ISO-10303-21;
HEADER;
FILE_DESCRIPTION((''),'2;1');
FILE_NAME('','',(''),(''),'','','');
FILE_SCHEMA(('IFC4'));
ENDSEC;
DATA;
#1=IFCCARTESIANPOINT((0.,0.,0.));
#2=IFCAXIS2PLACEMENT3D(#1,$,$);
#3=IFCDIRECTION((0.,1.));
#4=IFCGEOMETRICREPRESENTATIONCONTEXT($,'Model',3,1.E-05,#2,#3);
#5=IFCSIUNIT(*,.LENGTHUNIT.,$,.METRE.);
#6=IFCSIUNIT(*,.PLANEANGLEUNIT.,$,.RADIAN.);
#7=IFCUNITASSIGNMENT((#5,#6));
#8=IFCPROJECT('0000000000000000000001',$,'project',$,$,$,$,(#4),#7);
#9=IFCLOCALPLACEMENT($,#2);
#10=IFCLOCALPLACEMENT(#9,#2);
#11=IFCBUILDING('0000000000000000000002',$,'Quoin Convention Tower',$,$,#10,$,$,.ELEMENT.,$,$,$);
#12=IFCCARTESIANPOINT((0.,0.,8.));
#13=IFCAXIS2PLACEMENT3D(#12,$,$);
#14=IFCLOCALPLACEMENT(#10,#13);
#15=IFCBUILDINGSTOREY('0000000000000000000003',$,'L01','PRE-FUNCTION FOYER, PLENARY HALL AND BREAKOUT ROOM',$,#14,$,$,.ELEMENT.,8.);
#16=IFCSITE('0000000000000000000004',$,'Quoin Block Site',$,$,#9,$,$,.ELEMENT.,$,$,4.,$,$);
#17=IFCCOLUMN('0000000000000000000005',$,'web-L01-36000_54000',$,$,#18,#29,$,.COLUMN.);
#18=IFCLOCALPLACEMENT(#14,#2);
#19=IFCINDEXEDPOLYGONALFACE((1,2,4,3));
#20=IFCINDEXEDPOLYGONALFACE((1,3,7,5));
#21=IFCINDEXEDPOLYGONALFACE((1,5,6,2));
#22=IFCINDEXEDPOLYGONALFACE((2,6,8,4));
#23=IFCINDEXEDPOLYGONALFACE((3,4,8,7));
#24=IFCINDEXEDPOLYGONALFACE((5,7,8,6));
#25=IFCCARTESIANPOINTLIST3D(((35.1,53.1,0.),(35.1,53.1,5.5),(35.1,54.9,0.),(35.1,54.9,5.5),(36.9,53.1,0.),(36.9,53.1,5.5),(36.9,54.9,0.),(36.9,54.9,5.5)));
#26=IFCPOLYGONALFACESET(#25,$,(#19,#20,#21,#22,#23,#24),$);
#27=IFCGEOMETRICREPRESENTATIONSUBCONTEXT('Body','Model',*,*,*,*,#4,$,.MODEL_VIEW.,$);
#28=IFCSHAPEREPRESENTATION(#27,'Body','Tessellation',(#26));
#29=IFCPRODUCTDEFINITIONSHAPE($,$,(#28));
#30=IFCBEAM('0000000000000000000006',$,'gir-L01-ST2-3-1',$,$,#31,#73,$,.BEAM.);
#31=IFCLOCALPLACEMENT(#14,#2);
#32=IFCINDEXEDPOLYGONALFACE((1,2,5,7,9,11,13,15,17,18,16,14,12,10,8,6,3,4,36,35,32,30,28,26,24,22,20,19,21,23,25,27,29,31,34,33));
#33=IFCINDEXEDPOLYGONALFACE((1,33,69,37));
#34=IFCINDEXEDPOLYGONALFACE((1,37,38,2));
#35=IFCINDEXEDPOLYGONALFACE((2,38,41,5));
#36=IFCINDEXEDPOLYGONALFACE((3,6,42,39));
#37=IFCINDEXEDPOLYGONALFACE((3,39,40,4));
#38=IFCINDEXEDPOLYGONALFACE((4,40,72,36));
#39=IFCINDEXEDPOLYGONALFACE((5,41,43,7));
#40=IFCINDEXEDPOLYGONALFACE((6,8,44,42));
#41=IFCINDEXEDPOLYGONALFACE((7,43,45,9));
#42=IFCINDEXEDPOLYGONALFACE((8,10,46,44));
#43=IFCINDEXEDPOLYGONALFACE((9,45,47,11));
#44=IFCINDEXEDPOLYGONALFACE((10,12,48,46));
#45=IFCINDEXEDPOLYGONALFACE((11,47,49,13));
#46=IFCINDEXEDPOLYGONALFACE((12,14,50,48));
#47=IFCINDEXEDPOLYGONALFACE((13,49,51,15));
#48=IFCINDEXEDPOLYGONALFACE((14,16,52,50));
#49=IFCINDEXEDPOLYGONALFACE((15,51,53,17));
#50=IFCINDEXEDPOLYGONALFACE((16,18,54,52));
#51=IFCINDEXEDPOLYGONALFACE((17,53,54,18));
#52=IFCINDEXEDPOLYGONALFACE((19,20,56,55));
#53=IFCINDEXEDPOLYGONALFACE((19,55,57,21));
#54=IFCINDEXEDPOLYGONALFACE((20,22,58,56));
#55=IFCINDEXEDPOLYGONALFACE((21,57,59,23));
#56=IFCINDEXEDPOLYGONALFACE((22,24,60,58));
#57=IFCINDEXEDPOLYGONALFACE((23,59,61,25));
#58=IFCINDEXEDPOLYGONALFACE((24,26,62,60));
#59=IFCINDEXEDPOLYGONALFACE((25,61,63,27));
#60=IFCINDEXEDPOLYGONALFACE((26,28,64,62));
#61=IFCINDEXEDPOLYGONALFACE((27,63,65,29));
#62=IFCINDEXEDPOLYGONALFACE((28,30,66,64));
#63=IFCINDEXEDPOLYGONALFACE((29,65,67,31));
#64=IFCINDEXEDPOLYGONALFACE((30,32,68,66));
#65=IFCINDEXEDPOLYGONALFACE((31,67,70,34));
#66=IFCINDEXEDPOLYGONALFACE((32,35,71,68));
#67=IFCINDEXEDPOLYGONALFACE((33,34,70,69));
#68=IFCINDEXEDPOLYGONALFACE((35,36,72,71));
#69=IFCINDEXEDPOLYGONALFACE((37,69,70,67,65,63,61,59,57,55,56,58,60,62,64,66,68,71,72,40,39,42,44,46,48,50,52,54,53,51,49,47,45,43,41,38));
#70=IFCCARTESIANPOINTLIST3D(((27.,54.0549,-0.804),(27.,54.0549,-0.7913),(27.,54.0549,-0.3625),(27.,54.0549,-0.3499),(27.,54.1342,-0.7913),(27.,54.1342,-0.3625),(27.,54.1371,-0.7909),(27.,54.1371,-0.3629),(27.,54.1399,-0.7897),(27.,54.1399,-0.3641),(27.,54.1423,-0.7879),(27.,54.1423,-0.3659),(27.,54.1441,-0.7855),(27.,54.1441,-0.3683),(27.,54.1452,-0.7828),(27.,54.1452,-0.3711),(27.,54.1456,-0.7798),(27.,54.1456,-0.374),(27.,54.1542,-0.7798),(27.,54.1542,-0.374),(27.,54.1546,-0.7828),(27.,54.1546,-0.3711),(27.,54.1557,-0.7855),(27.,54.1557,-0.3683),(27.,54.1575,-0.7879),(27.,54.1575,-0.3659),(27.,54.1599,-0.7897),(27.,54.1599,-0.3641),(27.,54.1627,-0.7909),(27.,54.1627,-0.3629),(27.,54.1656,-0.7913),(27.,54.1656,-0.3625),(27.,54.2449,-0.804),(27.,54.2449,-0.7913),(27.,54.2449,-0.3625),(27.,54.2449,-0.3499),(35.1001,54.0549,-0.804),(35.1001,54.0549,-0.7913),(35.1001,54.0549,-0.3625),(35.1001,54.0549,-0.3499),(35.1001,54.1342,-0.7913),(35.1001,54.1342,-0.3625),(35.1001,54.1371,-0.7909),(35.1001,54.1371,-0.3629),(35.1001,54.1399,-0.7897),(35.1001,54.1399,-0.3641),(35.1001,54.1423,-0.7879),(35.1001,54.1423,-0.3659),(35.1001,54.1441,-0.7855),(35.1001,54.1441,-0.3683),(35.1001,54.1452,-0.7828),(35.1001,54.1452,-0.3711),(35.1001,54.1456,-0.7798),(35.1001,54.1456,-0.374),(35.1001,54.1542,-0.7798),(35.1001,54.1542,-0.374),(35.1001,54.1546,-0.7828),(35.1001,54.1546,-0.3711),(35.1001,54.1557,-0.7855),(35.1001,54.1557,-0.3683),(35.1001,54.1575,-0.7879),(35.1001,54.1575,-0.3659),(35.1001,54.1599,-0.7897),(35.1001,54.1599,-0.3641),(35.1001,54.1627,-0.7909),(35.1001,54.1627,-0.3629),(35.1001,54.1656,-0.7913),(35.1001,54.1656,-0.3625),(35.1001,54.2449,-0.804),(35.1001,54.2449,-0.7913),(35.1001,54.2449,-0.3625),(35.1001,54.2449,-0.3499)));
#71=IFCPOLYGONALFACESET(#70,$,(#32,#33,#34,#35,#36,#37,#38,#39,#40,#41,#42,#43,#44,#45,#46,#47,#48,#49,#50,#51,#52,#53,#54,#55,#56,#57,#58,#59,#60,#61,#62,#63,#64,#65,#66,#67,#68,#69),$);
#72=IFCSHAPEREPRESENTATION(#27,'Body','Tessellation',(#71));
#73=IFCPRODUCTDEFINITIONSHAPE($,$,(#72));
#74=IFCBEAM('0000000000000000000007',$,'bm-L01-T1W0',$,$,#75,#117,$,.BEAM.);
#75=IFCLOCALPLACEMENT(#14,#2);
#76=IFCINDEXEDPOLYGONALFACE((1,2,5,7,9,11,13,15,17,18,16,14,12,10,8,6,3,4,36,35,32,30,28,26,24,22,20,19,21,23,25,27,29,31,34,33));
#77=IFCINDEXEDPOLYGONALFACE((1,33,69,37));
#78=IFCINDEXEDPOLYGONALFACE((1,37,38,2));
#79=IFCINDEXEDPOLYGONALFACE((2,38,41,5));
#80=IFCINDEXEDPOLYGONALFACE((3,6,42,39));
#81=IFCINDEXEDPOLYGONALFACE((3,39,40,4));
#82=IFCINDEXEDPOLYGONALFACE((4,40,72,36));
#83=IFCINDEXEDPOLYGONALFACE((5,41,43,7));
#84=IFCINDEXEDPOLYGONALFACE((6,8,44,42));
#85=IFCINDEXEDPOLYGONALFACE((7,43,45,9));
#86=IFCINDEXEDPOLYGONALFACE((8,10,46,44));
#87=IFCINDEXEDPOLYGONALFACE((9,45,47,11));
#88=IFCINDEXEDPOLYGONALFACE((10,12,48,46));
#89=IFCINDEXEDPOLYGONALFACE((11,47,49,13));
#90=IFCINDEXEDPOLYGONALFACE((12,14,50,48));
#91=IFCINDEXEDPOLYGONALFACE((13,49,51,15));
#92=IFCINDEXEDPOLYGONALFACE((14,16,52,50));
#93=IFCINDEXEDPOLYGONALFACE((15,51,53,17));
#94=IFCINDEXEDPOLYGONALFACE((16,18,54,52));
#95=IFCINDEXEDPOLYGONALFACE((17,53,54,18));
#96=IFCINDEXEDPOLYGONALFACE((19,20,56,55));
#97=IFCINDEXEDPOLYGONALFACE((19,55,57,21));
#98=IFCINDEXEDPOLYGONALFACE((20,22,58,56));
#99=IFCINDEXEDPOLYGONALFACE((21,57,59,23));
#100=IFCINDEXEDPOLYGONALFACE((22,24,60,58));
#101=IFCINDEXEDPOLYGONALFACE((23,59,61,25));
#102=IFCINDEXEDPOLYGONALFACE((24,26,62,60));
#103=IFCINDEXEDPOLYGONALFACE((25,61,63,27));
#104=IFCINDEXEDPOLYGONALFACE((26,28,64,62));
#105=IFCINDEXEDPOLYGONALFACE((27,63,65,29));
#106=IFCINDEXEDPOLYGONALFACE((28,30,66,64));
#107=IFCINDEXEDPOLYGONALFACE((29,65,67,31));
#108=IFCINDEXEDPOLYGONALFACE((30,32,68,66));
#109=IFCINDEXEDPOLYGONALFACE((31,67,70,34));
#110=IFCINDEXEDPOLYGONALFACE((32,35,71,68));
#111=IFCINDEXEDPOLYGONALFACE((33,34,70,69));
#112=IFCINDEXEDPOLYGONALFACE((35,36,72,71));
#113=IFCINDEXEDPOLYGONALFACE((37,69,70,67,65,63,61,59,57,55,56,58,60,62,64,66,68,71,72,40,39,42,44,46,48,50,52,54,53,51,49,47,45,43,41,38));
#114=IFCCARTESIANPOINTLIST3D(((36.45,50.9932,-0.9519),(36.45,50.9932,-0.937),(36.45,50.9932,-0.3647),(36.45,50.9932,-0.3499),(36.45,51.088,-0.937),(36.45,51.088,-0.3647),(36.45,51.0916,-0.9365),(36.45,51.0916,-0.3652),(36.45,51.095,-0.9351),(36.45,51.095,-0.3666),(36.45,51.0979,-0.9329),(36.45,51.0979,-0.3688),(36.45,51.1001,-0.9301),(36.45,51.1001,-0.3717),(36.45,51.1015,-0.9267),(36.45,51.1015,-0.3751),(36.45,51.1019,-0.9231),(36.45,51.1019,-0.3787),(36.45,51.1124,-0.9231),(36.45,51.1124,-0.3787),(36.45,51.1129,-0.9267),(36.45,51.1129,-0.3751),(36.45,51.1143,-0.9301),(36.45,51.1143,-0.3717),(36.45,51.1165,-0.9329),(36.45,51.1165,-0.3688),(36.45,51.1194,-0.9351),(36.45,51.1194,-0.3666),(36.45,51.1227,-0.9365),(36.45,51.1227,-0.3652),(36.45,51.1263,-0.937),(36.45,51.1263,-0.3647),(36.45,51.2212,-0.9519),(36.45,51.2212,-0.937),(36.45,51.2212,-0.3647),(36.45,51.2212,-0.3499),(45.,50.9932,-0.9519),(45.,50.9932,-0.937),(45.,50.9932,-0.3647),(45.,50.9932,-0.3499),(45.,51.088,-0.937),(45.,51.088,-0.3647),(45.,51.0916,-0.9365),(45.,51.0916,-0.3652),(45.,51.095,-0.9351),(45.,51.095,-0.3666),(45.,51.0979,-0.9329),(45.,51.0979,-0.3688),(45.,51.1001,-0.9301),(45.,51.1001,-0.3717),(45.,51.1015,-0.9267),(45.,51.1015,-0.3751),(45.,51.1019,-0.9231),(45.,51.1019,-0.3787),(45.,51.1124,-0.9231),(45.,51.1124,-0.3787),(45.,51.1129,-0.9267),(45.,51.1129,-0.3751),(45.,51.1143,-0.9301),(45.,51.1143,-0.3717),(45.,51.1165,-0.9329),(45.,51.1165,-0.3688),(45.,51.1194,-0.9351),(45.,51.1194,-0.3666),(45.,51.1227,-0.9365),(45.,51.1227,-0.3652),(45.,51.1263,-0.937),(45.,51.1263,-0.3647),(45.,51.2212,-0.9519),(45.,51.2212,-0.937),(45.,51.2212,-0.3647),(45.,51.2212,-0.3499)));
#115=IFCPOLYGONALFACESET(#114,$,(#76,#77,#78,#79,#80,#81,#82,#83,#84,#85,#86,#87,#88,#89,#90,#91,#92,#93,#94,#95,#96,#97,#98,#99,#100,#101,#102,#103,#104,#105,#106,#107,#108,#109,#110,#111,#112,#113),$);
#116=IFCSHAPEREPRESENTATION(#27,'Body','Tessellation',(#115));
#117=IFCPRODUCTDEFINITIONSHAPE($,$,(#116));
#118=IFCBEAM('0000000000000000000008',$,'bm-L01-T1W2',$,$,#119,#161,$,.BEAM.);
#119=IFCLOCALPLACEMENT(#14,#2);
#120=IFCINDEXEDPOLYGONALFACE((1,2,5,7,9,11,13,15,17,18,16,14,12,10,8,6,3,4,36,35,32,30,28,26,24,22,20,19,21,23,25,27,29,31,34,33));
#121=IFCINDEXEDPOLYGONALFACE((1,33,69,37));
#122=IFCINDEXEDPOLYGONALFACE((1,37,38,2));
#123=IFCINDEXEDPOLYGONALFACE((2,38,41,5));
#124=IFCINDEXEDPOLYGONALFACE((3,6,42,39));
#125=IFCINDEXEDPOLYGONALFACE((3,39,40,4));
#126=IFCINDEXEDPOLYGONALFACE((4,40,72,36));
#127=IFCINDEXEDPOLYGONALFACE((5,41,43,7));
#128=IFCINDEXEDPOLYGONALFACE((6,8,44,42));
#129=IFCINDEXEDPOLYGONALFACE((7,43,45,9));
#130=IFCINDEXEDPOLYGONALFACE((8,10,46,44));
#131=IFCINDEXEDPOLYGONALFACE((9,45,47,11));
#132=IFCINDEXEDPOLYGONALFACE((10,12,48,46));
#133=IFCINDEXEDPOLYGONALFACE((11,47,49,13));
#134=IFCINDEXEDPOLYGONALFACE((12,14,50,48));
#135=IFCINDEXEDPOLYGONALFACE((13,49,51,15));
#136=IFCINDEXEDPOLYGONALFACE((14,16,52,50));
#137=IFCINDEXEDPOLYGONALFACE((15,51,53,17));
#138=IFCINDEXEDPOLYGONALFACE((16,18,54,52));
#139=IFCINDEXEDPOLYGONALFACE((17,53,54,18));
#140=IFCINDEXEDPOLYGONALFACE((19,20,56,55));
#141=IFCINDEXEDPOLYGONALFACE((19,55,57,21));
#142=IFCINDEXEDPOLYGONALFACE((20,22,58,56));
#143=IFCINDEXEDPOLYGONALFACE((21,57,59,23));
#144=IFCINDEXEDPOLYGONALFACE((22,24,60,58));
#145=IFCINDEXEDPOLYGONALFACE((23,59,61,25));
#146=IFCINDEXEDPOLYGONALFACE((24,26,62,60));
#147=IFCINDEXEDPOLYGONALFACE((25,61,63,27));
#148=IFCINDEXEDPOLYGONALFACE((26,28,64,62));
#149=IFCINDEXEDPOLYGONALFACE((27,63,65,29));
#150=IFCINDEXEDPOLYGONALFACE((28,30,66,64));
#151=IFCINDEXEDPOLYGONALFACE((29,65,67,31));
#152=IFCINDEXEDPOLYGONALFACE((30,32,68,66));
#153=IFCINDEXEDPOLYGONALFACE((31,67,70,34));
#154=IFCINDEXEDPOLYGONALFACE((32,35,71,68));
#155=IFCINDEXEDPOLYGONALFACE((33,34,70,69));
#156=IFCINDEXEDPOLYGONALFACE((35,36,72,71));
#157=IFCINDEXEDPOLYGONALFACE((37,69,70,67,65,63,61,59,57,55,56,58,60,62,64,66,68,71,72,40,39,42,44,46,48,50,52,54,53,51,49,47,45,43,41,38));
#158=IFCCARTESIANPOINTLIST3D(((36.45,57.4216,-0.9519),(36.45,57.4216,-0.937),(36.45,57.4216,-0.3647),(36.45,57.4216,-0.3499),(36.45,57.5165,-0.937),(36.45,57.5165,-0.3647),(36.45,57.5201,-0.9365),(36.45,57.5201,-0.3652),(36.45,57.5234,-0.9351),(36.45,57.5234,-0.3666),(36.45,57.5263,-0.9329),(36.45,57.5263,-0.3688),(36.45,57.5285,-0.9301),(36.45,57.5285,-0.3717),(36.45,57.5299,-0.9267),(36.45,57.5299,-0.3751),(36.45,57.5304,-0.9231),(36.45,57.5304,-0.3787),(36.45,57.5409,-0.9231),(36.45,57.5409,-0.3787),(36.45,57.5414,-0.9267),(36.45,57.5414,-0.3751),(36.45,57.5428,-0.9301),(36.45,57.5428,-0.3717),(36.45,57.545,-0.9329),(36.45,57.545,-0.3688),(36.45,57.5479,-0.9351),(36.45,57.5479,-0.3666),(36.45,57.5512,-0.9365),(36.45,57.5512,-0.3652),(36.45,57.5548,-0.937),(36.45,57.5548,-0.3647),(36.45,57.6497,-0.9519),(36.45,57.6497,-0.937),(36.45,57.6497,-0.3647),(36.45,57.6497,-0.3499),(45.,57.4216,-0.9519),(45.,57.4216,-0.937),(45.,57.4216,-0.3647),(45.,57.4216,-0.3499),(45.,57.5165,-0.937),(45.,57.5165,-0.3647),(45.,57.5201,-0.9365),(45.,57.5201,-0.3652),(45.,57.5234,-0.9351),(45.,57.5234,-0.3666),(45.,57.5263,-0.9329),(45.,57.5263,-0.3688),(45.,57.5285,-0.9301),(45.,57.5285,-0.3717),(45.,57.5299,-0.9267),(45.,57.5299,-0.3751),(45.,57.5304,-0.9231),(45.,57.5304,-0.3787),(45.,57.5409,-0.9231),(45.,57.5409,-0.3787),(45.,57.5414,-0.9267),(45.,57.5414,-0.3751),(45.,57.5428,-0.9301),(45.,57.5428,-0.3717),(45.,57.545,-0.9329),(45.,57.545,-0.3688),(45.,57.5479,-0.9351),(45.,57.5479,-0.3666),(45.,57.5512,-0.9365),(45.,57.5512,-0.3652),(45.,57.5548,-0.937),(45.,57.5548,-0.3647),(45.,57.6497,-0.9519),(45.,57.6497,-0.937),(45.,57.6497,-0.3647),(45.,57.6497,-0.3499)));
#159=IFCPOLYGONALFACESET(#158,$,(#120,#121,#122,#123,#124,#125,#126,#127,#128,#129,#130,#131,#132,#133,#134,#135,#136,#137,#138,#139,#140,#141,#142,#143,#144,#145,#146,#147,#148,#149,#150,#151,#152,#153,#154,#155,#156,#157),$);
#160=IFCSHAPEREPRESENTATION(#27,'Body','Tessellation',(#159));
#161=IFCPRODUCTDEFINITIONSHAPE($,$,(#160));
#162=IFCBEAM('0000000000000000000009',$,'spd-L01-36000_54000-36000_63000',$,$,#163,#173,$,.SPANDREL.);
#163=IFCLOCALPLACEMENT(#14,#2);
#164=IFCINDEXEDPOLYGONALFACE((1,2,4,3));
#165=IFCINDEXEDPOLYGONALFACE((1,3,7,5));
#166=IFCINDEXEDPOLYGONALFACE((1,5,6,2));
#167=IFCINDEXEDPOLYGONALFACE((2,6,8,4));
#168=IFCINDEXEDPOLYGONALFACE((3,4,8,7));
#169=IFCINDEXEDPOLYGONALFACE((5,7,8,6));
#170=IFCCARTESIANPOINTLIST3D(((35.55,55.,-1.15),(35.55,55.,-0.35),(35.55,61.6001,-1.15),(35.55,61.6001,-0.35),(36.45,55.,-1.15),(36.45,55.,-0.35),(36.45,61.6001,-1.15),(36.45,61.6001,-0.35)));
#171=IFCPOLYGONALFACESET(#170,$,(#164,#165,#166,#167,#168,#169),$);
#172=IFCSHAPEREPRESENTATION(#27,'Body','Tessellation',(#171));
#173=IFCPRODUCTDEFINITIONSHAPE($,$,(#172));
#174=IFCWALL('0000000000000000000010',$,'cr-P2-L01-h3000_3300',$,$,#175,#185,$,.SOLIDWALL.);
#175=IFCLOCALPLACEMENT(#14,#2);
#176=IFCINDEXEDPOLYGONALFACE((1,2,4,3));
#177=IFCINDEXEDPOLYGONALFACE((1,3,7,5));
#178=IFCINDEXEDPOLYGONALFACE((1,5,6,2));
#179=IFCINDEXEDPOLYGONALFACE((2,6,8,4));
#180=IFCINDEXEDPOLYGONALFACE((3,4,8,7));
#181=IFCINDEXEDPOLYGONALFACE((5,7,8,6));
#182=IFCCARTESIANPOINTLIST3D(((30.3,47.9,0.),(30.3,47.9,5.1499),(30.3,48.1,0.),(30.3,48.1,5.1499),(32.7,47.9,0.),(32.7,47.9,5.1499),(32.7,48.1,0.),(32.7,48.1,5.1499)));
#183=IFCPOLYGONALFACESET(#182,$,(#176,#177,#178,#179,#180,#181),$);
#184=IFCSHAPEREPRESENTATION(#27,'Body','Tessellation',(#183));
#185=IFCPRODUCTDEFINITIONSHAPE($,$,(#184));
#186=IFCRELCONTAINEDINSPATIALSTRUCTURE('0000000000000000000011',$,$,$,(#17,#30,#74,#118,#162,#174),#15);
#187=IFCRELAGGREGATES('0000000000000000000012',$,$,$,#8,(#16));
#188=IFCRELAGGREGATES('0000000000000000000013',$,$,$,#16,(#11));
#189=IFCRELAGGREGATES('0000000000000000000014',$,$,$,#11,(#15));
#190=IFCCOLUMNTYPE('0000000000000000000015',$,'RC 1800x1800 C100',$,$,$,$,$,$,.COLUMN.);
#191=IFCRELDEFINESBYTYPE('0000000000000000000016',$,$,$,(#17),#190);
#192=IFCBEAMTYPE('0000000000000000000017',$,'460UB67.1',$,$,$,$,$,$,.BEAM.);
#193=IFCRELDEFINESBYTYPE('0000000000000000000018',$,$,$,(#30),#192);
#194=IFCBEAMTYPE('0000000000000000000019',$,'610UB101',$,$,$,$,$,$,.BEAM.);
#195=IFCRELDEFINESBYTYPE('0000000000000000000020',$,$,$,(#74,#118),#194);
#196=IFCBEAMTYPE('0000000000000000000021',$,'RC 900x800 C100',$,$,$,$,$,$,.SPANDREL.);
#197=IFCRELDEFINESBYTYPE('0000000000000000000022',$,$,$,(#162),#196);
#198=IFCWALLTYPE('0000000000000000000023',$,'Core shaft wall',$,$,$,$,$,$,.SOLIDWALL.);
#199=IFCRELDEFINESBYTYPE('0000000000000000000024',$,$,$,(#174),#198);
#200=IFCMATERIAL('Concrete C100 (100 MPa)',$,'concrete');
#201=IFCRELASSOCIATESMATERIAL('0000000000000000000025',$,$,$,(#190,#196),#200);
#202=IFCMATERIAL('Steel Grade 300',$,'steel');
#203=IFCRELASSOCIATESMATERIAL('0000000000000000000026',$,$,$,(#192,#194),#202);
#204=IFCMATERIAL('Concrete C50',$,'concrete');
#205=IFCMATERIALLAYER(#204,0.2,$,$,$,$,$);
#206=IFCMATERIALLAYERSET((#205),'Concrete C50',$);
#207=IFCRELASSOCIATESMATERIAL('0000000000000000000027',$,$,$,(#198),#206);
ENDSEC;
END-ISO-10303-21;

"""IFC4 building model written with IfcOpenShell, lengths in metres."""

from ifc_helpers import new_model, si_unit, direction, frame, frame_2d, origin, origin_2d, place, context, subcontext, project, spatial, rectangle, i_section, extrude, material, layer, layer_set, material_profile, profile_set, type_object, element, save


model = new_model("IFC4")

# Units and contexts
model_context = context("Model", 3, precision=1e-05, world=origin(), true_north=direction((0.0, 1.0)))
body_context = subcontext(model_context, "Body", "Model", "MODEL_VIEW")
ifc_project = project(units=[si_unit("LENGTHUNIT", "METRE"), si_unit("PLANEANGLEUNIT", "RADIAN")], contexts=[model_context])

# Site, building, storey
site_placement = place(None, origin())
site = spatial("IfcSite", under=ifc_project, at=site_placement, Name="Quoin Block Site", CompositionType="ELEMENT", RefElevation=4.0)
building_placement = place(site_placement, origin())
building = spatial("IfcBuilding", under=site, at=building_placement, Name="Quoin Convention Tower", CompositionType="ELEMENT")
storey_placement = place(building_placement, frame((0.0, 0.0, 8.0)))
storey = spatial("IfcBuildingStorey", under=building, at=storey_placement, Name="L01", Description="PRE-FUNCTION FOYER, PLENARY HALL AND BREAKOUT ROOM", CompositionType="ELEMENT", Elevation=8.0)

# Column
ifc_material_1 = material(Name="Concrete C100 (100 MPa)", Category="concrete")
ifc_material_profile_1 = material_profile(ifc_material_1, rectangle(XDim=1.8, YDim=1.8, at=origin_2d()), Name="RC 1800x1800")
ifc_profile_set_1 = profile_set([ifc_material_profile_1], Name="Concrete C100 (100 MPa)")
column_type = type_object("IfcColumnType", Name="RC 1800x1800 C100", PredefinedType="COLUMN", material=ifc_profile_set_1)
column_placement = place(storey_placement, frame((36.0, 54.0, 0.0), z_axis=(0.0, 0.0, 1.0), x_axis=(1.0, 0.0, 0.0)))
element("IfcColumn", 1, at=column_placement, inside=storey, type_object=column_type, Name="web-L01-36000_54000", PredefinedType="COLUMN", context=body_context, shape_type="SweptSolid", body=[
    extrude(rectangle(XDim=1.8, YDim=1.8, at=origin_2d()), origin(), (0.0, 0.0, 1.0), 5.5),
])

# Beams
ifc_material_2 = material(Name="Steel Grade 300", Category="steel")
ifc_material_profile_2 = material_profile(ifc_material_2, i_section(OverallWidth=0.1899, OverallDepth=0.4541, WebThickness=0.0085, FlangeThickness=0.0127, FilletRadius=0.0115, at=origin_2d()), Name="460UB67.1")
ifc_profile_set_2 = profile_set([ifc_material_profile_2], Name="Steel Grade 300")
beam_type_1 = type_object("IfcBeamType", Name="460UB67.1", PredefinedType="BEAM", material=ifc_profile_set_2)
beam_1_placement = place(storey_placement, frame((27.0, 54.1499, -0.5769), z_axis=(1.0, 0.0, 0.0), x_axis=(0.0, 1.0, 0.0)))
element("IfcBeam", 2, at=beam_1_placement, inside=storey, type_object=beam_type_1, Name="gir-L01-ST2-3-1", PredefinedType="BEAM", context=body_context, shape_type="SweptSolid", body=[
    extrude(i_section(OverallWidth=0.1899, OverallDepth=0.4541, WebThickness=0.0085, FlangeThickness=0.0127, FilletRadius=0.0115, at=origin_2d()), origin(), (0.0, 0.0, 1.0), 8.1001),
])
ifc_material_profile_3 = material_profile(ifc_material_2, i_section(OverallWidth=0.228, OverallDepth=0.6021, WebThickness=0.0105, FlangeThickness=0.0149, FilletRadius=0.0139, at=origin_2d()), Name="610UB101")
ifc_profile_set_3 = profile_set([ifc_material_profile_3], Name="Steel Grade 300")
beam_type_2 = type_object("IfcBeamType", Name="610UB101", PredefinedType="BEAM", material=ifc_profile_set_3)
for number, where, z_axis, x_axis, name in (
    (3, (36.45, 51.1072, -0.6509), (1.0, 0.0, 0.0), (0.0, 1.0, 0.0), "bm-L01-T1W0"),
    (4, (36.45, 57.5356, -0.6509), (1.0, 0.0, 0.0), (0.0, 1.0, 0.0), "bm-L01-T1W2"),
):
    element("IfcBeam", number, at=place(storey_placement, frame(where, z_axis=z_axis, x_axis=x_axis)), inside=storey, type_object=beam_type_2, Name=name, PredefinedType="BEAM", context=body_context, shape_type="SweptSolid", body=[
        extrude(i_section(OverallWidth=0.228, OverallDepth=0.6021, WebThickness=0.0105, FlangeThickness=0.0149, FilletRadius=0.0139, at=origin_2d()), origin(), (0.0, 0.0, 1.0), 8.55),
    ])
ifc_material_profile_4 = material_profile(ifc_material_1, rectangle(XDim=0.8999, YDim=0.8, at=origin_2d()), Name="RC 900x800")
ifc_profile_set_4 = profile_set([ifc_material_profile_4], Name="Concrete C100 (100 MPa)")
beam_type_3 = type_object("IfcBeamType", Name="RC 900x800 C100", PredefinedType="SPANDREL", material=ifc_profile_set_4)
beam_2_placement = place(storey_placement, frame((36.0, 55.0, -0.75), z_axis=(0.0, 1.0, 0.0), x_axis=(-1.0, 0.0, 0.0)))
element("IfcBeam", 5, at=beam_2_placement, inside=storey, type_object=beam_type_3, Name="spd-L01-36000_54000-36000_63000", PredefinedType="SPANDREL", context=body_context, shape_type="SweptSolid", body=[
    extrude(rectangle(XDim=0.8999, YDim=0.8, at=origin_2d()), origin(), (0.0, 0.0, 1.0), 6.6001),
])

# Wall
ifc_material_3 = material(Name="Concrete C50", Category="concrete")
ifc_layer_1 = layer(ifc_material_3, 0.2)
ifc_layer_set_1 = layer_set([ifc_layer_1], Name="Concrete C50")
wall_type_1 = type_object("IfcWallType", Name="Core shaft wall", PredefinedType="SOLIDWALL", material=ifc_layer_set_1)
wall_1_placement = place(storey_placement, frame((30.3, 48.0, 0.0), z_axis=(0.0, 0.0, 1.0), x_axis=(1.0, 0.0, 0.0)))
element("IfcWall", 6, at=wall_1_placement, inside=storey, type_object=wall_type_1, Name="cr-P2-L01-h3000_3300", PredefinedType="SOLIDWALL", context=body_context, shape_type="SweptSolid", body=[
    extrude(rectangle(XDim=2.3999, YDim=0.2, at=frame_2d((1.2, 0.0))), origin(), (0.0, 0.0, 1.0), 5.1499),
])

save(model, "model.ifc")
